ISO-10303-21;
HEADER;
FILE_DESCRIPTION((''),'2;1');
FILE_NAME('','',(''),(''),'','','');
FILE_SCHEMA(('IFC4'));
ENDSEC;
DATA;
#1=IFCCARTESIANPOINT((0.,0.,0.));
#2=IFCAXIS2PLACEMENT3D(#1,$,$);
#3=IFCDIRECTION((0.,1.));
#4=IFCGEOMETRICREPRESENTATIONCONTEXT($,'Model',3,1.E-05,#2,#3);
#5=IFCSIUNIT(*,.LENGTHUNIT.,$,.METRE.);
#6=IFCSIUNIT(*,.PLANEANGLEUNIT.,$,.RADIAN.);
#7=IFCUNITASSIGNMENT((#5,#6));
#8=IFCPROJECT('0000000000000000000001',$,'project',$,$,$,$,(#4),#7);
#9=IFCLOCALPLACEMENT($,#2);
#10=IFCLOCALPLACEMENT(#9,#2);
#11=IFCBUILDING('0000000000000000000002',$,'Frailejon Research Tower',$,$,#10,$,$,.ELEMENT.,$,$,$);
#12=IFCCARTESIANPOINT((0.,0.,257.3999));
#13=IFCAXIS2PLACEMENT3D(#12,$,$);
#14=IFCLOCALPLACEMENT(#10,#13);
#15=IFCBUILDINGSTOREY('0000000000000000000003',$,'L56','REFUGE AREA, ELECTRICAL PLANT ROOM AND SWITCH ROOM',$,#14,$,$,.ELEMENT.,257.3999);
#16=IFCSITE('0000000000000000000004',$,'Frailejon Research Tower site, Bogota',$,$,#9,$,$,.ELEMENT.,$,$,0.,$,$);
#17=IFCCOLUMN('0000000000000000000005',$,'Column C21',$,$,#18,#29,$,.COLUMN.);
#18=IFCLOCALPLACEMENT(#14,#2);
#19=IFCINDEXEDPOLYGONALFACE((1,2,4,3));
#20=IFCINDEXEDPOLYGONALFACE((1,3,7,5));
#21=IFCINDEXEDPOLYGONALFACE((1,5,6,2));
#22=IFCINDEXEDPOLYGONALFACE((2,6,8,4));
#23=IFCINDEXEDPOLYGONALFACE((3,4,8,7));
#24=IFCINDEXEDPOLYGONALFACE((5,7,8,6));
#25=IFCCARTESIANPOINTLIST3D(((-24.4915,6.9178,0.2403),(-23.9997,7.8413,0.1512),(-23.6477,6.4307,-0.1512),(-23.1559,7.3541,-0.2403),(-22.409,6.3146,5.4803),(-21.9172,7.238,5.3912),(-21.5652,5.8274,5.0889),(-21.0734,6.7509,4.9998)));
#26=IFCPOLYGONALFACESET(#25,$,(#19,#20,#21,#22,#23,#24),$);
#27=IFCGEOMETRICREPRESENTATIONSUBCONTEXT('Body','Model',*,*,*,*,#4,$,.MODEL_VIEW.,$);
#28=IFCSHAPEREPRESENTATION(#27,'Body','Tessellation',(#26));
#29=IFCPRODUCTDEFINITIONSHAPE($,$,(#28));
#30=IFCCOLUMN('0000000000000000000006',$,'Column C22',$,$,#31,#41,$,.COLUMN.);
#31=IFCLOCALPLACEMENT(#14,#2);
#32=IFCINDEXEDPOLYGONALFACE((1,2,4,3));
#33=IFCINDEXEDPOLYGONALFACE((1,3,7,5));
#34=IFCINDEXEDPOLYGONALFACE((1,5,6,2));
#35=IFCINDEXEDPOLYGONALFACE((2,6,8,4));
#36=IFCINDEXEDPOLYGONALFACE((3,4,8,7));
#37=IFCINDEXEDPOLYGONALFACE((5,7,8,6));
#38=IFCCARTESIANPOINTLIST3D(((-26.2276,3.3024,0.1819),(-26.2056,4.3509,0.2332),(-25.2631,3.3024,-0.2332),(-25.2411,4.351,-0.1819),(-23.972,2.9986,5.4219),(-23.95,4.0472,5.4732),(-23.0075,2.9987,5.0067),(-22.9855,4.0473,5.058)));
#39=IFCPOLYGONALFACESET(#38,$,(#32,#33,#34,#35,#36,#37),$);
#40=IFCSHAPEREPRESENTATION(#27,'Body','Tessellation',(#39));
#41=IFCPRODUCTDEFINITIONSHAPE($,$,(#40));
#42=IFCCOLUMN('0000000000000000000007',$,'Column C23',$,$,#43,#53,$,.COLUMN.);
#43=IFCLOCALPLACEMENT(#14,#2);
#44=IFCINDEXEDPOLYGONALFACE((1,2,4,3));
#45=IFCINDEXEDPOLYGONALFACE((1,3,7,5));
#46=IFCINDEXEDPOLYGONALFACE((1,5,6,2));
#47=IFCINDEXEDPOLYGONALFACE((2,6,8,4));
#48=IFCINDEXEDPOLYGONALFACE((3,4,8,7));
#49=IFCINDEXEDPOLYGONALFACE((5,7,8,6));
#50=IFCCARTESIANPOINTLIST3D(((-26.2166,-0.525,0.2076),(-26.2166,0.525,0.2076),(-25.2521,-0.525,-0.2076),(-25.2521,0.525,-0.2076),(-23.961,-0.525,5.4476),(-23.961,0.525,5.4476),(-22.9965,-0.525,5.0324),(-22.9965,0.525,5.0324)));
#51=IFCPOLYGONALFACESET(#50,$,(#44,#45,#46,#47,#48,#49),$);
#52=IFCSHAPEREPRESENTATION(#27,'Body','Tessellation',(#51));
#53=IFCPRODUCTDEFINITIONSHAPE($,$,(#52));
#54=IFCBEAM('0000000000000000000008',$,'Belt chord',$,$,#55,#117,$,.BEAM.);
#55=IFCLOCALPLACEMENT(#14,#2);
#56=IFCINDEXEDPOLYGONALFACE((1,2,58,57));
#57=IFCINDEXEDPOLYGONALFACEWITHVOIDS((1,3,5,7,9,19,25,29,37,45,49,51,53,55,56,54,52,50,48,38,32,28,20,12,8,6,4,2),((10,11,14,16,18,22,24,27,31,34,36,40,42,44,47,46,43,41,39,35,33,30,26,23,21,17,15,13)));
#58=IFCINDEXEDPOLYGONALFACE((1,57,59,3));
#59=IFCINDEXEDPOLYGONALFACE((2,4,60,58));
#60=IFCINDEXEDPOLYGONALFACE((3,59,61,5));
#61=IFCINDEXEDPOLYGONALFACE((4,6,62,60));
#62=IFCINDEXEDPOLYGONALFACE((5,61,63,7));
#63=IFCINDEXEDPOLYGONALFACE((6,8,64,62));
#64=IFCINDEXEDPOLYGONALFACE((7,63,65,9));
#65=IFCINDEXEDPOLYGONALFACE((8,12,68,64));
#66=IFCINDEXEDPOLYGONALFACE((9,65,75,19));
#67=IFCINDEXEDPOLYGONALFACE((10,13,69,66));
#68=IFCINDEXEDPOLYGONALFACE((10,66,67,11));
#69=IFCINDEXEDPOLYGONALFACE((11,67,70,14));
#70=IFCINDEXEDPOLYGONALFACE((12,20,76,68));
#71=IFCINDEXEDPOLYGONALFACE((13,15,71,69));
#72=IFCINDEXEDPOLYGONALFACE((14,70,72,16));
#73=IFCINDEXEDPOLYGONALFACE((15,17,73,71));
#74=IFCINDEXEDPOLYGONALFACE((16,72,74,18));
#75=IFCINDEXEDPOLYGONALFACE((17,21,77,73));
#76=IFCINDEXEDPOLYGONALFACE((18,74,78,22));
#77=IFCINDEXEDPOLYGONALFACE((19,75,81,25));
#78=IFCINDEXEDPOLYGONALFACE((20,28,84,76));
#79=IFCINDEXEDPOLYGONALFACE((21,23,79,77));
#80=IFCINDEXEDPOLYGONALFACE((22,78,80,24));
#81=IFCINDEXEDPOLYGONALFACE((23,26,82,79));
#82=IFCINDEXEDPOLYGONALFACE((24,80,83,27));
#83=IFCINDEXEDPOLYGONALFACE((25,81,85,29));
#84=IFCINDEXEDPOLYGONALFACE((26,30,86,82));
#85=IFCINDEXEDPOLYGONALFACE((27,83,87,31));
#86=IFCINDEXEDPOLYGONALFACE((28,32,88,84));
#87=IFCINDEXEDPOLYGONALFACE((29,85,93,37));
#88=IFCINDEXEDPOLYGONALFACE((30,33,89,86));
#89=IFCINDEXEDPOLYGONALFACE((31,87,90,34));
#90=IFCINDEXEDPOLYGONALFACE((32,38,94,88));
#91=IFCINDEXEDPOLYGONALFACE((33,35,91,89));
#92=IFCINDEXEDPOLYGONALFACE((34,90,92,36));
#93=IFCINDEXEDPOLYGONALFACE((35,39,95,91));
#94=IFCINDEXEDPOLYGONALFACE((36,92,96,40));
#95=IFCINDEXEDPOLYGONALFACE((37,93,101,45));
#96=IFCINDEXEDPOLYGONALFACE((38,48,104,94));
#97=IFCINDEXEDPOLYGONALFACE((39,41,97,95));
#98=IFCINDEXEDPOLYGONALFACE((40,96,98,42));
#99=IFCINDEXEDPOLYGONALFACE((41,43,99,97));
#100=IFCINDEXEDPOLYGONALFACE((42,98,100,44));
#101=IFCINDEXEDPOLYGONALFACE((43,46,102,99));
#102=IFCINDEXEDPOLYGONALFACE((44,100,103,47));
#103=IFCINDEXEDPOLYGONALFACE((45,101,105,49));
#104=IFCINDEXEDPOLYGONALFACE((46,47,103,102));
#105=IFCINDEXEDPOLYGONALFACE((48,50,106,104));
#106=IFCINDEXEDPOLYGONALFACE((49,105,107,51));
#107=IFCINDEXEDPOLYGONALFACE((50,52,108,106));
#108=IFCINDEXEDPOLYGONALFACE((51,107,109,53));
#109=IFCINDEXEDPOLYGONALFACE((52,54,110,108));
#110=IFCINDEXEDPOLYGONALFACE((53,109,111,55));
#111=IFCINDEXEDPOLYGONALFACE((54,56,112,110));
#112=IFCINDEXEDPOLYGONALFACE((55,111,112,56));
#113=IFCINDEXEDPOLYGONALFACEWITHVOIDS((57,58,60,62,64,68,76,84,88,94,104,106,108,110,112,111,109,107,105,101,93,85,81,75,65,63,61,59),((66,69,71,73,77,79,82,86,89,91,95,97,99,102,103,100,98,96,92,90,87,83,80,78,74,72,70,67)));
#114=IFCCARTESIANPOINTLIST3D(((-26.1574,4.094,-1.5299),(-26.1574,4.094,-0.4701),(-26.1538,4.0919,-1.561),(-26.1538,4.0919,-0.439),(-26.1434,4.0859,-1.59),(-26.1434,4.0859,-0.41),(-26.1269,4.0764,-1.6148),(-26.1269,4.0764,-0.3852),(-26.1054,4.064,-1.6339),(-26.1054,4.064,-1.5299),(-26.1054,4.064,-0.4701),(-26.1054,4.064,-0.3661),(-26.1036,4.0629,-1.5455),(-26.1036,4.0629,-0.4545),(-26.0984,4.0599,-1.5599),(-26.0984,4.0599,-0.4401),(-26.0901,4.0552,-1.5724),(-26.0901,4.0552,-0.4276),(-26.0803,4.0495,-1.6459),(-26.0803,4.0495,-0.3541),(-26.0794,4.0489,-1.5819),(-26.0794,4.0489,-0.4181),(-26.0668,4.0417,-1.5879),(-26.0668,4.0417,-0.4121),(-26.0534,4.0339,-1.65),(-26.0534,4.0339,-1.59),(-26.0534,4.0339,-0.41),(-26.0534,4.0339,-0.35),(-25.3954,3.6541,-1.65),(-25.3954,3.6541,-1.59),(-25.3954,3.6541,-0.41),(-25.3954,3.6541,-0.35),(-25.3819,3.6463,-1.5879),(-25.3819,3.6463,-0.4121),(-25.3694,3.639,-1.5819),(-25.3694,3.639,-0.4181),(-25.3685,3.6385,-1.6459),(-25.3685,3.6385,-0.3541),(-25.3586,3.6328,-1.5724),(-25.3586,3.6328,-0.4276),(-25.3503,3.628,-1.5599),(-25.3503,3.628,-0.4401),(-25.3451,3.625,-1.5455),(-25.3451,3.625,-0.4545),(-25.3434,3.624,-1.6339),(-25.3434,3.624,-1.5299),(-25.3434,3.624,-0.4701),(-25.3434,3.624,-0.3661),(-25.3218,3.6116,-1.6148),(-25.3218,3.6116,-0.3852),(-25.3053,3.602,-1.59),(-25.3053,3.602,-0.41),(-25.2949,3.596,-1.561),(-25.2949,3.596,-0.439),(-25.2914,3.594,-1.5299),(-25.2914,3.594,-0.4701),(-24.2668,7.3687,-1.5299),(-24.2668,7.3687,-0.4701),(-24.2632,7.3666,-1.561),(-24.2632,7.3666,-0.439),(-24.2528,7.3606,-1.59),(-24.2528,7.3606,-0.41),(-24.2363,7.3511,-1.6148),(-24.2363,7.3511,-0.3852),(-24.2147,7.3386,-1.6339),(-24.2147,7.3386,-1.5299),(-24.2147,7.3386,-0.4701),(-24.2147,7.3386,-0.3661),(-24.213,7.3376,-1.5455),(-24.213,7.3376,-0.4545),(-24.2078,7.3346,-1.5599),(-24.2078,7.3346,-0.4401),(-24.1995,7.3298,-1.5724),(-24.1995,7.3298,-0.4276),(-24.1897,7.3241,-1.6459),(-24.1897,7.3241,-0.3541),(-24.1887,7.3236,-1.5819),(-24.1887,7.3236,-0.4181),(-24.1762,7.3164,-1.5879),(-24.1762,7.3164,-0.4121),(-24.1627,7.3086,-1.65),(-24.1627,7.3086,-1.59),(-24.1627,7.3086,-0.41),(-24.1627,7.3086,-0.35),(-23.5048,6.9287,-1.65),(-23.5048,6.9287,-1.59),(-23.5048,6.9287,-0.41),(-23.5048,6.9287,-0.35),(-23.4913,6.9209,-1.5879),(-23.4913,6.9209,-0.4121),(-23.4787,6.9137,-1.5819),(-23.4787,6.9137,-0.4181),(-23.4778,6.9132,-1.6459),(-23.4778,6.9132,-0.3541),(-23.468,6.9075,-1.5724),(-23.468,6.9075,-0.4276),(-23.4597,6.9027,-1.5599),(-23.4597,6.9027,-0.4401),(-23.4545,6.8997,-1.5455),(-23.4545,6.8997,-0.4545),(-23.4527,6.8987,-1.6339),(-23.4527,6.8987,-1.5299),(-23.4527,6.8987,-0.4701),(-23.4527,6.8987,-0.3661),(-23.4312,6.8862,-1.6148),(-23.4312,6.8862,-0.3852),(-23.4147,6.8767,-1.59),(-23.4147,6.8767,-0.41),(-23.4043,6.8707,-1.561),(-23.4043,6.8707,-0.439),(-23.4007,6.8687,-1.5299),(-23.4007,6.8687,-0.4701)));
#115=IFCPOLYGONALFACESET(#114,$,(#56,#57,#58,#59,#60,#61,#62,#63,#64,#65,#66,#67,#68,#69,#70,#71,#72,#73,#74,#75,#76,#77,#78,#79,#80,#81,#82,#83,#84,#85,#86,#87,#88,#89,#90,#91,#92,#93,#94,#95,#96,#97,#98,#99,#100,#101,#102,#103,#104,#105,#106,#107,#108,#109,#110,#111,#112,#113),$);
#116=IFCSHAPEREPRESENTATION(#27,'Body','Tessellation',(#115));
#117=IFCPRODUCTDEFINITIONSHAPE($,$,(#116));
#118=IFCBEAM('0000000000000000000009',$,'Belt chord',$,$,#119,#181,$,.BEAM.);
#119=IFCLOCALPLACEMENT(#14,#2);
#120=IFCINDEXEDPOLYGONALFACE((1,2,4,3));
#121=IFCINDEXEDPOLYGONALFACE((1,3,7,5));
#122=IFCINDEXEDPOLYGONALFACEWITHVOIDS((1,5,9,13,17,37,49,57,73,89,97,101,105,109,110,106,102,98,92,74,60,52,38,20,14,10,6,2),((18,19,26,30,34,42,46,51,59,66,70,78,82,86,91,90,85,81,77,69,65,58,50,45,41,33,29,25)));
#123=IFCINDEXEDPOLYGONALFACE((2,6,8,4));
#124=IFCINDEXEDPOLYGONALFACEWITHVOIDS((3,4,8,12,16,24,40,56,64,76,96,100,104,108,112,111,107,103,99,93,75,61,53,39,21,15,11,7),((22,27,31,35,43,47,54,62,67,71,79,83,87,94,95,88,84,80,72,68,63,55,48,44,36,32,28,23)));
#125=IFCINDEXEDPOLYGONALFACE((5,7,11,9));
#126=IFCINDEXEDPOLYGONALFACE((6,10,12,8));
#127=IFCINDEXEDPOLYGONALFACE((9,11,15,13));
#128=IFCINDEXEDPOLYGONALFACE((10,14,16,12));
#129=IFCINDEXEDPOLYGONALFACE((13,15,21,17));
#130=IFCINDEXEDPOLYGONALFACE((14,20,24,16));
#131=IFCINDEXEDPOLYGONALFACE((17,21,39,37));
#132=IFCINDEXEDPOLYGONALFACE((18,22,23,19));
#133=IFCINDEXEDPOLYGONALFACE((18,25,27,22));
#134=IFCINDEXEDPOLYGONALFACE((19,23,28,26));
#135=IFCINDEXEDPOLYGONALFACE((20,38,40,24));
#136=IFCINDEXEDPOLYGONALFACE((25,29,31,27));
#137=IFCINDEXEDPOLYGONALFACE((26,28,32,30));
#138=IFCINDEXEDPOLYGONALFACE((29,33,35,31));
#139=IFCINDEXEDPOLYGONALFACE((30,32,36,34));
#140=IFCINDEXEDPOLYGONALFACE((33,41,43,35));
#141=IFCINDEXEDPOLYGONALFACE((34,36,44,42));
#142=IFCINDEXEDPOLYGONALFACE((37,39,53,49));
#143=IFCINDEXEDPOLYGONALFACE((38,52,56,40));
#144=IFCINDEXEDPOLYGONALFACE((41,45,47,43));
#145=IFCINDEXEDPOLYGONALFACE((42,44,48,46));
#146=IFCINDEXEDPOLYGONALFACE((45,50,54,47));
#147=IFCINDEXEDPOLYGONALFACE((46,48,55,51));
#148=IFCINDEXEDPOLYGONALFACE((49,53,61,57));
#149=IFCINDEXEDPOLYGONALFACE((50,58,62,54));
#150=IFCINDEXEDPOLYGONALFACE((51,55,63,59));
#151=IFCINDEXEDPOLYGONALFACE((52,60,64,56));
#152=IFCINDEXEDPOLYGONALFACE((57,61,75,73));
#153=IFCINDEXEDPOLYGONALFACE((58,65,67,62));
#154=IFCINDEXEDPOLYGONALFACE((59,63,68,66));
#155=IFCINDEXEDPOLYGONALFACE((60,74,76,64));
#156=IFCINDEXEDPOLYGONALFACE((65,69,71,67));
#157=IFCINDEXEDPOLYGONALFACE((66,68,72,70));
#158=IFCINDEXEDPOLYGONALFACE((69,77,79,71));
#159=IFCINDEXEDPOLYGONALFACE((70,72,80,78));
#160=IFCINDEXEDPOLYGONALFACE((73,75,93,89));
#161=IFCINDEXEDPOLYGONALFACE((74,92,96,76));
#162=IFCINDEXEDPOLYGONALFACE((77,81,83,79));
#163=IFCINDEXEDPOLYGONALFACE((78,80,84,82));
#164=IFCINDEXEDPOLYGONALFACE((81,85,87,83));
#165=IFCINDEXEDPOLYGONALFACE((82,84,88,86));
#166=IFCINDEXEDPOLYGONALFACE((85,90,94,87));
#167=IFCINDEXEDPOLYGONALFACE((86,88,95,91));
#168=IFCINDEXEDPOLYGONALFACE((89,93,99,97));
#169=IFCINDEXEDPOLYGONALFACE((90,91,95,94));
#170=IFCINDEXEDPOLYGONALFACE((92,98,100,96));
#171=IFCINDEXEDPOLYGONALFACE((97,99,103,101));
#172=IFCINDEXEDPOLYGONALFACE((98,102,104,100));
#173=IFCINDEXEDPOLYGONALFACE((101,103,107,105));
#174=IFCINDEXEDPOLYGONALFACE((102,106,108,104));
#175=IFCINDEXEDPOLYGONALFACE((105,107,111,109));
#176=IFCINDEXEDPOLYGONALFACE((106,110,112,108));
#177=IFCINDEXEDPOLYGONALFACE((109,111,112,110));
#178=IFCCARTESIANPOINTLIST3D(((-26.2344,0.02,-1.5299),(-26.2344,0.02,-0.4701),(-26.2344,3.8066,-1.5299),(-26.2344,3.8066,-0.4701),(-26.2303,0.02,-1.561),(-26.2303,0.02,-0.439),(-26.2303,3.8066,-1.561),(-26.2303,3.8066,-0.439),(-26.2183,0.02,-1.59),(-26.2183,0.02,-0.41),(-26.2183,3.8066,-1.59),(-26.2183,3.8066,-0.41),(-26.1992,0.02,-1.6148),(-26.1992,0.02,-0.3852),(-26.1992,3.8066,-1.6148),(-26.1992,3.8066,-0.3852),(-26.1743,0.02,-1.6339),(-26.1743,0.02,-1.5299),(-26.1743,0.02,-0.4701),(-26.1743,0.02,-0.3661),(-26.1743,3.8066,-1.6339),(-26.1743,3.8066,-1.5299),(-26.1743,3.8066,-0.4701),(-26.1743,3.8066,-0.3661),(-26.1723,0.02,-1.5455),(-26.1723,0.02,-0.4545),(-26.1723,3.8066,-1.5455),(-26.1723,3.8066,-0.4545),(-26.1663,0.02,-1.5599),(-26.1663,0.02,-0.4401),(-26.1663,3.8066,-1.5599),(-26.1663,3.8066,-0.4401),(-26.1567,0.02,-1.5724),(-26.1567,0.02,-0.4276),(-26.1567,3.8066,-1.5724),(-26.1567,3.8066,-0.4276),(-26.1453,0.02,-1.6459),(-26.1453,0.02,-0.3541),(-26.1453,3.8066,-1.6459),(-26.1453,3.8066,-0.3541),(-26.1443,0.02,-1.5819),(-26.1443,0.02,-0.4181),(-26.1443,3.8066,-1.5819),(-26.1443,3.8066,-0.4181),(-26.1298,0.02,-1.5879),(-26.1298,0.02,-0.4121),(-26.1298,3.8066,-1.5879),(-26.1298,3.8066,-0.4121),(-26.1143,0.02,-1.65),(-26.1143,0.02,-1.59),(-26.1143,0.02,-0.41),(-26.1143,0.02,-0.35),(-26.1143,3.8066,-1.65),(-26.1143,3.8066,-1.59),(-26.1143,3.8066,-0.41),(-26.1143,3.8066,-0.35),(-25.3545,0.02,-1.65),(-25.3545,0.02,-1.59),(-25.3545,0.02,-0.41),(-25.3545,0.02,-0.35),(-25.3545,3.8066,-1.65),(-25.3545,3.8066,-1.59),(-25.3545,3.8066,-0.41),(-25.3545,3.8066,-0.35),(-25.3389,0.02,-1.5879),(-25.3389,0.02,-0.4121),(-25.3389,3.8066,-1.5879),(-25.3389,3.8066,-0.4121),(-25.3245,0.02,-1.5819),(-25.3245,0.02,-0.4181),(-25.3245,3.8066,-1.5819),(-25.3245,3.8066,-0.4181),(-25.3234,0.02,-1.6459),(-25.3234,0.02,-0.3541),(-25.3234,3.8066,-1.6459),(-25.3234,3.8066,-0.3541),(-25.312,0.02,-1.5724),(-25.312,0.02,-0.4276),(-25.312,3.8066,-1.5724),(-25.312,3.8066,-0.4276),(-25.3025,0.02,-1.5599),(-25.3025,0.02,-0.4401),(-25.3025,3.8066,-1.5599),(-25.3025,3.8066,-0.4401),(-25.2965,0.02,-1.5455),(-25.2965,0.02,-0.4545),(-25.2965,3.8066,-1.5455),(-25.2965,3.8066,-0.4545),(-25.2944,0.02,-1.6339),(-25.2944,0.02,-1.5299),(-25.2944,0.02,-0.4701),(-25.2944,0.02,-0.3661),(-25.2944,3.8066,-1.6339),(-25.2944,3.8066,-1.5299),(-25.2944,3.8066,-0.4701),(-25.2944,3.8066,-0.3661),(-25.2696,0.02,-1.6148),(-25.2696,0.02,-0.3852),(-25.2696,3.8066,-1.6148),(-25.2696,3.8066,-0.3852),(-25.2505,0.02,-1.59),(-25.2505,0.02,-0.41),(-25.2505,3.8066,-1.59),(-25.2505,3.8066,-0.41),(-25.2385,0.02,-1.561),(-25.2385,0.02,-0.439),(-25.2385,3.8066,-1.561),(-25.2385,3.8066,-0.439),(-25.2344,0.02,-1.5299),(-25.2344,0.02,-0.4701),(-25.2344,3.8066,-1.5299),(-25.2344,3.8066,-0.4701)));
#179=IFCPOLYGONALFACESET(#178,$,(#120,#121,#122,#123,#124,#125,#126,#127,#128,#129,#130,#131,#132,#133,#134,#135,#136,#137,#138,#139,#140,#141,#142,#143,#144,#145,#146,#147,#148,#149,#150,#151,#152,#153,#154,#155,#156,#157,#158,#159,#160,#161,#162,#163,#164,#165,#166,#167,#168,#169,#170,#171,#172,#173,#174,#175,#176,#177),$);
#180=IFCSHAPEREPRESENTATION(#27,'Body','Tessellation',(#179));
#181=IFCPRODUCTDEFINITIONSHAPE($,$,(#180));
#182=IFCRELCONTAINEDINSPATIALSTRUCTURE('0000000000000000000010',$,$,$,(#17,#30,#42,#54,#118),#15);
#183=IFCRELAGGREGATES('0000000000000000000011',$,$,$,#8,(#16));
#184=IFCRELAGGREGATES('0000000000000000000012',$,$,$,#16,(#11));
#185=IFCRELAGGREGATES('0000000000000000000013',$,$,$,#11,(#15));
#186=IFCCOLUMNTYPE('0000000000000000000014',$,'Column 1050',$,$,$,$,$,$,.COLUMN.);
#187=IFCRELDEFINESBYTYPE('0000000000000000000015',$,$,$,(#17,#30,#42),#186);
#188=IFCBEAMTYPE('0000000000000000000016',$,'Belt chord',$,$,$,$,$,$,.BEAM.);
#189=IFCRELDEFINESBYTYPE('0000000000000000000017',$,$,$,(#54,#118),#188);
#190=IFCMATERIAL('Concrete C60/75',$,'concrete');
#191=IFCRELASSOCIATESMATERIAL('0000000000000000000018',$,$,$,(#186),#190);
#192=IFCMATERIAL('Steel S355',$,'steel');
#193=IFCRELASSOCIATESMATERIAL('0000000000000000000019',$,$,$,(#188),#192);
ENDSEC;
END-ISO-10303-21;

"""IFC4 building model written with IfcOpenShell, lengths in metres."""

from ifc_helpers import new_model, si_unit, direction, frame, origin, origin_2d, place, context, subcontext, project, spatial, rectangle, hollow_rectangle, extrude, material, material_profile, profile_set, type_object, element, save


model = new_model("IFC4")

# Units and contexts
model_context = context("Model", 3, precision=1e-05, world=origin(), true_north=direction((0.0, 1.0)))
body_context = subcontext(model_context, "Body", "Model", "MODEL_VIEW")
ifc_project = project(units=[si_unit("LENGTHUNIT", "METRE"), si_unit("PLANEANGLEUNIT", "RADIAN")], contexts=[model_context])

# Site, building, storey
site_placement = place(None, origin())
site = spatial("IfcSite", under=ifc_project, at=site_placement, Name="Frailejon Research Tower site, Bogota", CompositionType="ELEMENT", RefElevation=0.0)
building_placement = place(site_placement, origin())
building = spatial("IfcBuilding", under=site, at=building_placement, Name="Frailejon Research Tower", CompositionType="ELEMENT")
storey_placement = place(building_placement, frame((0.0, 0.0, 257.3999)))
storey = spatial("IfcBuildingStorey", under=building, at=storey_placement, Name="L56", Description="REFUGE AREA, ELECTRICAL PLANT ROOM AND SWITCH ROOM", CompositionType="ELEMENT", Elevation=257.3999)

# Columns
ifc_material_1 = material(Name="Concrete C60/75", Category="concrete")
ifc_material_profile_1 = material_profile(ifc_material_1, rectangle(XDim=1.05, YDim=1.05, at=origin_2d()), Name="Column 1050")
ifc_profile_set_1 = profile_set([ifc_material_profile_1], Name="Concrete C60/75")
column_type = type_object("IfcColumnType", Name="Column 1050", PredefinedType="COLUMN", material=ifc_profile_set_1)
column_1_placement = place(storey_placement, frame((-23.8237, 7.136, 0.0), z_axis=(0.367234, -0.106381, 0.924025), x_axis=(-0.468357, -0.879452, 0.084889)))
element("IfcColumn", 1, at=column_1_placement, inside=storey, type_object=column_type, Name="Column C21", PredefinedType="COLUMN", context=body_context, shape_type="SweptSolid", body=[
    extrude(rectangle(XDim=1.05, YDim=1.05, at=origin_2d()), origin(), (0.0, 0.0, 1.0), 5.6709),
])
column_2_placement = place(storey_placement, frame((-25.7344, 3.8267, 0.0), z_axis=(0.394827, -0.053162, 0.917216), x_axis=(-0.020978, -0.998586, -0.048848)))
element("IfcColumn", 2, at=column_2_placement, inside=storey, type_object=column_type, Name="Column C22", PredefinedType="COLUMN", context=body_context, shape_type="SweptSolid", body=[
    extrude(rectangle(XDim=1.05, YDim=1.05, at=origin_2d()), origin(), (0.0, 0.0, 1.0), 5.7129),
])
column_3_placement = place(storey_placement, frame((-25.7344, 0.0, 0.0), z_axis=(0.395386, 0.0, 0.918515), x_axis=(0.0, -1.0, 0.0)))
element("IfcColumn", 3, at=column_3_placement, inside=storey, type_object=column_type, Name="Column C23", PredefinedType="COLUMN", context=body_context, shape_type="SweptSolid", body=[
    extrude(rectangle(XDim=1.05, YDim=1.05, at=origin_2d()), origin(), (0.0, 0.0, 1.0), 5.7048),
])

# Beams
ifc_material_2 = material(Name="Steel S355", Category="steel")
ifc_material_profile_2 = material_profile(ifc_material_2, hollow_rectangle(XDim=1.0, YDim=1.3, WallThickness=0.0601, InnerFilletRadius=0.0601, OuterFilletRadius=0.1201, at=origin_2d()), Name="Belt chord")
ifc_profile_set_2 = profile_set([ifc_material_profile_2], Name="Steel S355")
beam_type_1 = type_object("IfcBeamType", Name="Belt chord", PredefinedType="BEAM", material=ifc_profile_set_2)
beam_1_placement = place(storey_placement, frame((-23.8337, 7.1187, -1.0), z_axis=(-0.5, -0.866025, 0.0), x_axis=(0.866025, -0.5, 0.0)))
element("IfcBeam", 4, at=beam_1_placement, inside=storey, type_object=beam_type_1, Name="Belt chord", PredefinedType="BEAM", context=body_context, shape_type="SweptSolid", body=[
    extrude(hollow_rectangle(XDim=1.0, YDim=1.3, WallThickness=0.0601, InnerFilletRadius=0.0601, OuterFilletRadius=0.1201, at=origin_2d()), origin(), (0.0, 0.0, 1.0), 3.7812),
])
for number, where, z_axis, x_axis, name in (
    (5, (-25.7344, 3.8066, -1.0), (0.0, -1.0, 0.0), (1.0, 0.0, 0.0), "Belt chord"),
):
    element("IfcBeam", number, at=place(storey_placement, frame(where, z_axis=z_axis, x_axis=x_axis)), inside=storey, type_object=beam_type_1, Name=name, PredefinedType="BEAM", context=body_context, shape_type="SweptSolid", body=[
        extrude(hollow_rectangle(XDim=1.0, YDim=1.3, WallThickness=0.0601, InnerFilletRadius=0.0601, OuterFilletRadius=0.1201, at=origin_2d()), origin(), (0.0, 0.0, 1.0), 3.7866),
    ])

save(model, "model.ifc")
